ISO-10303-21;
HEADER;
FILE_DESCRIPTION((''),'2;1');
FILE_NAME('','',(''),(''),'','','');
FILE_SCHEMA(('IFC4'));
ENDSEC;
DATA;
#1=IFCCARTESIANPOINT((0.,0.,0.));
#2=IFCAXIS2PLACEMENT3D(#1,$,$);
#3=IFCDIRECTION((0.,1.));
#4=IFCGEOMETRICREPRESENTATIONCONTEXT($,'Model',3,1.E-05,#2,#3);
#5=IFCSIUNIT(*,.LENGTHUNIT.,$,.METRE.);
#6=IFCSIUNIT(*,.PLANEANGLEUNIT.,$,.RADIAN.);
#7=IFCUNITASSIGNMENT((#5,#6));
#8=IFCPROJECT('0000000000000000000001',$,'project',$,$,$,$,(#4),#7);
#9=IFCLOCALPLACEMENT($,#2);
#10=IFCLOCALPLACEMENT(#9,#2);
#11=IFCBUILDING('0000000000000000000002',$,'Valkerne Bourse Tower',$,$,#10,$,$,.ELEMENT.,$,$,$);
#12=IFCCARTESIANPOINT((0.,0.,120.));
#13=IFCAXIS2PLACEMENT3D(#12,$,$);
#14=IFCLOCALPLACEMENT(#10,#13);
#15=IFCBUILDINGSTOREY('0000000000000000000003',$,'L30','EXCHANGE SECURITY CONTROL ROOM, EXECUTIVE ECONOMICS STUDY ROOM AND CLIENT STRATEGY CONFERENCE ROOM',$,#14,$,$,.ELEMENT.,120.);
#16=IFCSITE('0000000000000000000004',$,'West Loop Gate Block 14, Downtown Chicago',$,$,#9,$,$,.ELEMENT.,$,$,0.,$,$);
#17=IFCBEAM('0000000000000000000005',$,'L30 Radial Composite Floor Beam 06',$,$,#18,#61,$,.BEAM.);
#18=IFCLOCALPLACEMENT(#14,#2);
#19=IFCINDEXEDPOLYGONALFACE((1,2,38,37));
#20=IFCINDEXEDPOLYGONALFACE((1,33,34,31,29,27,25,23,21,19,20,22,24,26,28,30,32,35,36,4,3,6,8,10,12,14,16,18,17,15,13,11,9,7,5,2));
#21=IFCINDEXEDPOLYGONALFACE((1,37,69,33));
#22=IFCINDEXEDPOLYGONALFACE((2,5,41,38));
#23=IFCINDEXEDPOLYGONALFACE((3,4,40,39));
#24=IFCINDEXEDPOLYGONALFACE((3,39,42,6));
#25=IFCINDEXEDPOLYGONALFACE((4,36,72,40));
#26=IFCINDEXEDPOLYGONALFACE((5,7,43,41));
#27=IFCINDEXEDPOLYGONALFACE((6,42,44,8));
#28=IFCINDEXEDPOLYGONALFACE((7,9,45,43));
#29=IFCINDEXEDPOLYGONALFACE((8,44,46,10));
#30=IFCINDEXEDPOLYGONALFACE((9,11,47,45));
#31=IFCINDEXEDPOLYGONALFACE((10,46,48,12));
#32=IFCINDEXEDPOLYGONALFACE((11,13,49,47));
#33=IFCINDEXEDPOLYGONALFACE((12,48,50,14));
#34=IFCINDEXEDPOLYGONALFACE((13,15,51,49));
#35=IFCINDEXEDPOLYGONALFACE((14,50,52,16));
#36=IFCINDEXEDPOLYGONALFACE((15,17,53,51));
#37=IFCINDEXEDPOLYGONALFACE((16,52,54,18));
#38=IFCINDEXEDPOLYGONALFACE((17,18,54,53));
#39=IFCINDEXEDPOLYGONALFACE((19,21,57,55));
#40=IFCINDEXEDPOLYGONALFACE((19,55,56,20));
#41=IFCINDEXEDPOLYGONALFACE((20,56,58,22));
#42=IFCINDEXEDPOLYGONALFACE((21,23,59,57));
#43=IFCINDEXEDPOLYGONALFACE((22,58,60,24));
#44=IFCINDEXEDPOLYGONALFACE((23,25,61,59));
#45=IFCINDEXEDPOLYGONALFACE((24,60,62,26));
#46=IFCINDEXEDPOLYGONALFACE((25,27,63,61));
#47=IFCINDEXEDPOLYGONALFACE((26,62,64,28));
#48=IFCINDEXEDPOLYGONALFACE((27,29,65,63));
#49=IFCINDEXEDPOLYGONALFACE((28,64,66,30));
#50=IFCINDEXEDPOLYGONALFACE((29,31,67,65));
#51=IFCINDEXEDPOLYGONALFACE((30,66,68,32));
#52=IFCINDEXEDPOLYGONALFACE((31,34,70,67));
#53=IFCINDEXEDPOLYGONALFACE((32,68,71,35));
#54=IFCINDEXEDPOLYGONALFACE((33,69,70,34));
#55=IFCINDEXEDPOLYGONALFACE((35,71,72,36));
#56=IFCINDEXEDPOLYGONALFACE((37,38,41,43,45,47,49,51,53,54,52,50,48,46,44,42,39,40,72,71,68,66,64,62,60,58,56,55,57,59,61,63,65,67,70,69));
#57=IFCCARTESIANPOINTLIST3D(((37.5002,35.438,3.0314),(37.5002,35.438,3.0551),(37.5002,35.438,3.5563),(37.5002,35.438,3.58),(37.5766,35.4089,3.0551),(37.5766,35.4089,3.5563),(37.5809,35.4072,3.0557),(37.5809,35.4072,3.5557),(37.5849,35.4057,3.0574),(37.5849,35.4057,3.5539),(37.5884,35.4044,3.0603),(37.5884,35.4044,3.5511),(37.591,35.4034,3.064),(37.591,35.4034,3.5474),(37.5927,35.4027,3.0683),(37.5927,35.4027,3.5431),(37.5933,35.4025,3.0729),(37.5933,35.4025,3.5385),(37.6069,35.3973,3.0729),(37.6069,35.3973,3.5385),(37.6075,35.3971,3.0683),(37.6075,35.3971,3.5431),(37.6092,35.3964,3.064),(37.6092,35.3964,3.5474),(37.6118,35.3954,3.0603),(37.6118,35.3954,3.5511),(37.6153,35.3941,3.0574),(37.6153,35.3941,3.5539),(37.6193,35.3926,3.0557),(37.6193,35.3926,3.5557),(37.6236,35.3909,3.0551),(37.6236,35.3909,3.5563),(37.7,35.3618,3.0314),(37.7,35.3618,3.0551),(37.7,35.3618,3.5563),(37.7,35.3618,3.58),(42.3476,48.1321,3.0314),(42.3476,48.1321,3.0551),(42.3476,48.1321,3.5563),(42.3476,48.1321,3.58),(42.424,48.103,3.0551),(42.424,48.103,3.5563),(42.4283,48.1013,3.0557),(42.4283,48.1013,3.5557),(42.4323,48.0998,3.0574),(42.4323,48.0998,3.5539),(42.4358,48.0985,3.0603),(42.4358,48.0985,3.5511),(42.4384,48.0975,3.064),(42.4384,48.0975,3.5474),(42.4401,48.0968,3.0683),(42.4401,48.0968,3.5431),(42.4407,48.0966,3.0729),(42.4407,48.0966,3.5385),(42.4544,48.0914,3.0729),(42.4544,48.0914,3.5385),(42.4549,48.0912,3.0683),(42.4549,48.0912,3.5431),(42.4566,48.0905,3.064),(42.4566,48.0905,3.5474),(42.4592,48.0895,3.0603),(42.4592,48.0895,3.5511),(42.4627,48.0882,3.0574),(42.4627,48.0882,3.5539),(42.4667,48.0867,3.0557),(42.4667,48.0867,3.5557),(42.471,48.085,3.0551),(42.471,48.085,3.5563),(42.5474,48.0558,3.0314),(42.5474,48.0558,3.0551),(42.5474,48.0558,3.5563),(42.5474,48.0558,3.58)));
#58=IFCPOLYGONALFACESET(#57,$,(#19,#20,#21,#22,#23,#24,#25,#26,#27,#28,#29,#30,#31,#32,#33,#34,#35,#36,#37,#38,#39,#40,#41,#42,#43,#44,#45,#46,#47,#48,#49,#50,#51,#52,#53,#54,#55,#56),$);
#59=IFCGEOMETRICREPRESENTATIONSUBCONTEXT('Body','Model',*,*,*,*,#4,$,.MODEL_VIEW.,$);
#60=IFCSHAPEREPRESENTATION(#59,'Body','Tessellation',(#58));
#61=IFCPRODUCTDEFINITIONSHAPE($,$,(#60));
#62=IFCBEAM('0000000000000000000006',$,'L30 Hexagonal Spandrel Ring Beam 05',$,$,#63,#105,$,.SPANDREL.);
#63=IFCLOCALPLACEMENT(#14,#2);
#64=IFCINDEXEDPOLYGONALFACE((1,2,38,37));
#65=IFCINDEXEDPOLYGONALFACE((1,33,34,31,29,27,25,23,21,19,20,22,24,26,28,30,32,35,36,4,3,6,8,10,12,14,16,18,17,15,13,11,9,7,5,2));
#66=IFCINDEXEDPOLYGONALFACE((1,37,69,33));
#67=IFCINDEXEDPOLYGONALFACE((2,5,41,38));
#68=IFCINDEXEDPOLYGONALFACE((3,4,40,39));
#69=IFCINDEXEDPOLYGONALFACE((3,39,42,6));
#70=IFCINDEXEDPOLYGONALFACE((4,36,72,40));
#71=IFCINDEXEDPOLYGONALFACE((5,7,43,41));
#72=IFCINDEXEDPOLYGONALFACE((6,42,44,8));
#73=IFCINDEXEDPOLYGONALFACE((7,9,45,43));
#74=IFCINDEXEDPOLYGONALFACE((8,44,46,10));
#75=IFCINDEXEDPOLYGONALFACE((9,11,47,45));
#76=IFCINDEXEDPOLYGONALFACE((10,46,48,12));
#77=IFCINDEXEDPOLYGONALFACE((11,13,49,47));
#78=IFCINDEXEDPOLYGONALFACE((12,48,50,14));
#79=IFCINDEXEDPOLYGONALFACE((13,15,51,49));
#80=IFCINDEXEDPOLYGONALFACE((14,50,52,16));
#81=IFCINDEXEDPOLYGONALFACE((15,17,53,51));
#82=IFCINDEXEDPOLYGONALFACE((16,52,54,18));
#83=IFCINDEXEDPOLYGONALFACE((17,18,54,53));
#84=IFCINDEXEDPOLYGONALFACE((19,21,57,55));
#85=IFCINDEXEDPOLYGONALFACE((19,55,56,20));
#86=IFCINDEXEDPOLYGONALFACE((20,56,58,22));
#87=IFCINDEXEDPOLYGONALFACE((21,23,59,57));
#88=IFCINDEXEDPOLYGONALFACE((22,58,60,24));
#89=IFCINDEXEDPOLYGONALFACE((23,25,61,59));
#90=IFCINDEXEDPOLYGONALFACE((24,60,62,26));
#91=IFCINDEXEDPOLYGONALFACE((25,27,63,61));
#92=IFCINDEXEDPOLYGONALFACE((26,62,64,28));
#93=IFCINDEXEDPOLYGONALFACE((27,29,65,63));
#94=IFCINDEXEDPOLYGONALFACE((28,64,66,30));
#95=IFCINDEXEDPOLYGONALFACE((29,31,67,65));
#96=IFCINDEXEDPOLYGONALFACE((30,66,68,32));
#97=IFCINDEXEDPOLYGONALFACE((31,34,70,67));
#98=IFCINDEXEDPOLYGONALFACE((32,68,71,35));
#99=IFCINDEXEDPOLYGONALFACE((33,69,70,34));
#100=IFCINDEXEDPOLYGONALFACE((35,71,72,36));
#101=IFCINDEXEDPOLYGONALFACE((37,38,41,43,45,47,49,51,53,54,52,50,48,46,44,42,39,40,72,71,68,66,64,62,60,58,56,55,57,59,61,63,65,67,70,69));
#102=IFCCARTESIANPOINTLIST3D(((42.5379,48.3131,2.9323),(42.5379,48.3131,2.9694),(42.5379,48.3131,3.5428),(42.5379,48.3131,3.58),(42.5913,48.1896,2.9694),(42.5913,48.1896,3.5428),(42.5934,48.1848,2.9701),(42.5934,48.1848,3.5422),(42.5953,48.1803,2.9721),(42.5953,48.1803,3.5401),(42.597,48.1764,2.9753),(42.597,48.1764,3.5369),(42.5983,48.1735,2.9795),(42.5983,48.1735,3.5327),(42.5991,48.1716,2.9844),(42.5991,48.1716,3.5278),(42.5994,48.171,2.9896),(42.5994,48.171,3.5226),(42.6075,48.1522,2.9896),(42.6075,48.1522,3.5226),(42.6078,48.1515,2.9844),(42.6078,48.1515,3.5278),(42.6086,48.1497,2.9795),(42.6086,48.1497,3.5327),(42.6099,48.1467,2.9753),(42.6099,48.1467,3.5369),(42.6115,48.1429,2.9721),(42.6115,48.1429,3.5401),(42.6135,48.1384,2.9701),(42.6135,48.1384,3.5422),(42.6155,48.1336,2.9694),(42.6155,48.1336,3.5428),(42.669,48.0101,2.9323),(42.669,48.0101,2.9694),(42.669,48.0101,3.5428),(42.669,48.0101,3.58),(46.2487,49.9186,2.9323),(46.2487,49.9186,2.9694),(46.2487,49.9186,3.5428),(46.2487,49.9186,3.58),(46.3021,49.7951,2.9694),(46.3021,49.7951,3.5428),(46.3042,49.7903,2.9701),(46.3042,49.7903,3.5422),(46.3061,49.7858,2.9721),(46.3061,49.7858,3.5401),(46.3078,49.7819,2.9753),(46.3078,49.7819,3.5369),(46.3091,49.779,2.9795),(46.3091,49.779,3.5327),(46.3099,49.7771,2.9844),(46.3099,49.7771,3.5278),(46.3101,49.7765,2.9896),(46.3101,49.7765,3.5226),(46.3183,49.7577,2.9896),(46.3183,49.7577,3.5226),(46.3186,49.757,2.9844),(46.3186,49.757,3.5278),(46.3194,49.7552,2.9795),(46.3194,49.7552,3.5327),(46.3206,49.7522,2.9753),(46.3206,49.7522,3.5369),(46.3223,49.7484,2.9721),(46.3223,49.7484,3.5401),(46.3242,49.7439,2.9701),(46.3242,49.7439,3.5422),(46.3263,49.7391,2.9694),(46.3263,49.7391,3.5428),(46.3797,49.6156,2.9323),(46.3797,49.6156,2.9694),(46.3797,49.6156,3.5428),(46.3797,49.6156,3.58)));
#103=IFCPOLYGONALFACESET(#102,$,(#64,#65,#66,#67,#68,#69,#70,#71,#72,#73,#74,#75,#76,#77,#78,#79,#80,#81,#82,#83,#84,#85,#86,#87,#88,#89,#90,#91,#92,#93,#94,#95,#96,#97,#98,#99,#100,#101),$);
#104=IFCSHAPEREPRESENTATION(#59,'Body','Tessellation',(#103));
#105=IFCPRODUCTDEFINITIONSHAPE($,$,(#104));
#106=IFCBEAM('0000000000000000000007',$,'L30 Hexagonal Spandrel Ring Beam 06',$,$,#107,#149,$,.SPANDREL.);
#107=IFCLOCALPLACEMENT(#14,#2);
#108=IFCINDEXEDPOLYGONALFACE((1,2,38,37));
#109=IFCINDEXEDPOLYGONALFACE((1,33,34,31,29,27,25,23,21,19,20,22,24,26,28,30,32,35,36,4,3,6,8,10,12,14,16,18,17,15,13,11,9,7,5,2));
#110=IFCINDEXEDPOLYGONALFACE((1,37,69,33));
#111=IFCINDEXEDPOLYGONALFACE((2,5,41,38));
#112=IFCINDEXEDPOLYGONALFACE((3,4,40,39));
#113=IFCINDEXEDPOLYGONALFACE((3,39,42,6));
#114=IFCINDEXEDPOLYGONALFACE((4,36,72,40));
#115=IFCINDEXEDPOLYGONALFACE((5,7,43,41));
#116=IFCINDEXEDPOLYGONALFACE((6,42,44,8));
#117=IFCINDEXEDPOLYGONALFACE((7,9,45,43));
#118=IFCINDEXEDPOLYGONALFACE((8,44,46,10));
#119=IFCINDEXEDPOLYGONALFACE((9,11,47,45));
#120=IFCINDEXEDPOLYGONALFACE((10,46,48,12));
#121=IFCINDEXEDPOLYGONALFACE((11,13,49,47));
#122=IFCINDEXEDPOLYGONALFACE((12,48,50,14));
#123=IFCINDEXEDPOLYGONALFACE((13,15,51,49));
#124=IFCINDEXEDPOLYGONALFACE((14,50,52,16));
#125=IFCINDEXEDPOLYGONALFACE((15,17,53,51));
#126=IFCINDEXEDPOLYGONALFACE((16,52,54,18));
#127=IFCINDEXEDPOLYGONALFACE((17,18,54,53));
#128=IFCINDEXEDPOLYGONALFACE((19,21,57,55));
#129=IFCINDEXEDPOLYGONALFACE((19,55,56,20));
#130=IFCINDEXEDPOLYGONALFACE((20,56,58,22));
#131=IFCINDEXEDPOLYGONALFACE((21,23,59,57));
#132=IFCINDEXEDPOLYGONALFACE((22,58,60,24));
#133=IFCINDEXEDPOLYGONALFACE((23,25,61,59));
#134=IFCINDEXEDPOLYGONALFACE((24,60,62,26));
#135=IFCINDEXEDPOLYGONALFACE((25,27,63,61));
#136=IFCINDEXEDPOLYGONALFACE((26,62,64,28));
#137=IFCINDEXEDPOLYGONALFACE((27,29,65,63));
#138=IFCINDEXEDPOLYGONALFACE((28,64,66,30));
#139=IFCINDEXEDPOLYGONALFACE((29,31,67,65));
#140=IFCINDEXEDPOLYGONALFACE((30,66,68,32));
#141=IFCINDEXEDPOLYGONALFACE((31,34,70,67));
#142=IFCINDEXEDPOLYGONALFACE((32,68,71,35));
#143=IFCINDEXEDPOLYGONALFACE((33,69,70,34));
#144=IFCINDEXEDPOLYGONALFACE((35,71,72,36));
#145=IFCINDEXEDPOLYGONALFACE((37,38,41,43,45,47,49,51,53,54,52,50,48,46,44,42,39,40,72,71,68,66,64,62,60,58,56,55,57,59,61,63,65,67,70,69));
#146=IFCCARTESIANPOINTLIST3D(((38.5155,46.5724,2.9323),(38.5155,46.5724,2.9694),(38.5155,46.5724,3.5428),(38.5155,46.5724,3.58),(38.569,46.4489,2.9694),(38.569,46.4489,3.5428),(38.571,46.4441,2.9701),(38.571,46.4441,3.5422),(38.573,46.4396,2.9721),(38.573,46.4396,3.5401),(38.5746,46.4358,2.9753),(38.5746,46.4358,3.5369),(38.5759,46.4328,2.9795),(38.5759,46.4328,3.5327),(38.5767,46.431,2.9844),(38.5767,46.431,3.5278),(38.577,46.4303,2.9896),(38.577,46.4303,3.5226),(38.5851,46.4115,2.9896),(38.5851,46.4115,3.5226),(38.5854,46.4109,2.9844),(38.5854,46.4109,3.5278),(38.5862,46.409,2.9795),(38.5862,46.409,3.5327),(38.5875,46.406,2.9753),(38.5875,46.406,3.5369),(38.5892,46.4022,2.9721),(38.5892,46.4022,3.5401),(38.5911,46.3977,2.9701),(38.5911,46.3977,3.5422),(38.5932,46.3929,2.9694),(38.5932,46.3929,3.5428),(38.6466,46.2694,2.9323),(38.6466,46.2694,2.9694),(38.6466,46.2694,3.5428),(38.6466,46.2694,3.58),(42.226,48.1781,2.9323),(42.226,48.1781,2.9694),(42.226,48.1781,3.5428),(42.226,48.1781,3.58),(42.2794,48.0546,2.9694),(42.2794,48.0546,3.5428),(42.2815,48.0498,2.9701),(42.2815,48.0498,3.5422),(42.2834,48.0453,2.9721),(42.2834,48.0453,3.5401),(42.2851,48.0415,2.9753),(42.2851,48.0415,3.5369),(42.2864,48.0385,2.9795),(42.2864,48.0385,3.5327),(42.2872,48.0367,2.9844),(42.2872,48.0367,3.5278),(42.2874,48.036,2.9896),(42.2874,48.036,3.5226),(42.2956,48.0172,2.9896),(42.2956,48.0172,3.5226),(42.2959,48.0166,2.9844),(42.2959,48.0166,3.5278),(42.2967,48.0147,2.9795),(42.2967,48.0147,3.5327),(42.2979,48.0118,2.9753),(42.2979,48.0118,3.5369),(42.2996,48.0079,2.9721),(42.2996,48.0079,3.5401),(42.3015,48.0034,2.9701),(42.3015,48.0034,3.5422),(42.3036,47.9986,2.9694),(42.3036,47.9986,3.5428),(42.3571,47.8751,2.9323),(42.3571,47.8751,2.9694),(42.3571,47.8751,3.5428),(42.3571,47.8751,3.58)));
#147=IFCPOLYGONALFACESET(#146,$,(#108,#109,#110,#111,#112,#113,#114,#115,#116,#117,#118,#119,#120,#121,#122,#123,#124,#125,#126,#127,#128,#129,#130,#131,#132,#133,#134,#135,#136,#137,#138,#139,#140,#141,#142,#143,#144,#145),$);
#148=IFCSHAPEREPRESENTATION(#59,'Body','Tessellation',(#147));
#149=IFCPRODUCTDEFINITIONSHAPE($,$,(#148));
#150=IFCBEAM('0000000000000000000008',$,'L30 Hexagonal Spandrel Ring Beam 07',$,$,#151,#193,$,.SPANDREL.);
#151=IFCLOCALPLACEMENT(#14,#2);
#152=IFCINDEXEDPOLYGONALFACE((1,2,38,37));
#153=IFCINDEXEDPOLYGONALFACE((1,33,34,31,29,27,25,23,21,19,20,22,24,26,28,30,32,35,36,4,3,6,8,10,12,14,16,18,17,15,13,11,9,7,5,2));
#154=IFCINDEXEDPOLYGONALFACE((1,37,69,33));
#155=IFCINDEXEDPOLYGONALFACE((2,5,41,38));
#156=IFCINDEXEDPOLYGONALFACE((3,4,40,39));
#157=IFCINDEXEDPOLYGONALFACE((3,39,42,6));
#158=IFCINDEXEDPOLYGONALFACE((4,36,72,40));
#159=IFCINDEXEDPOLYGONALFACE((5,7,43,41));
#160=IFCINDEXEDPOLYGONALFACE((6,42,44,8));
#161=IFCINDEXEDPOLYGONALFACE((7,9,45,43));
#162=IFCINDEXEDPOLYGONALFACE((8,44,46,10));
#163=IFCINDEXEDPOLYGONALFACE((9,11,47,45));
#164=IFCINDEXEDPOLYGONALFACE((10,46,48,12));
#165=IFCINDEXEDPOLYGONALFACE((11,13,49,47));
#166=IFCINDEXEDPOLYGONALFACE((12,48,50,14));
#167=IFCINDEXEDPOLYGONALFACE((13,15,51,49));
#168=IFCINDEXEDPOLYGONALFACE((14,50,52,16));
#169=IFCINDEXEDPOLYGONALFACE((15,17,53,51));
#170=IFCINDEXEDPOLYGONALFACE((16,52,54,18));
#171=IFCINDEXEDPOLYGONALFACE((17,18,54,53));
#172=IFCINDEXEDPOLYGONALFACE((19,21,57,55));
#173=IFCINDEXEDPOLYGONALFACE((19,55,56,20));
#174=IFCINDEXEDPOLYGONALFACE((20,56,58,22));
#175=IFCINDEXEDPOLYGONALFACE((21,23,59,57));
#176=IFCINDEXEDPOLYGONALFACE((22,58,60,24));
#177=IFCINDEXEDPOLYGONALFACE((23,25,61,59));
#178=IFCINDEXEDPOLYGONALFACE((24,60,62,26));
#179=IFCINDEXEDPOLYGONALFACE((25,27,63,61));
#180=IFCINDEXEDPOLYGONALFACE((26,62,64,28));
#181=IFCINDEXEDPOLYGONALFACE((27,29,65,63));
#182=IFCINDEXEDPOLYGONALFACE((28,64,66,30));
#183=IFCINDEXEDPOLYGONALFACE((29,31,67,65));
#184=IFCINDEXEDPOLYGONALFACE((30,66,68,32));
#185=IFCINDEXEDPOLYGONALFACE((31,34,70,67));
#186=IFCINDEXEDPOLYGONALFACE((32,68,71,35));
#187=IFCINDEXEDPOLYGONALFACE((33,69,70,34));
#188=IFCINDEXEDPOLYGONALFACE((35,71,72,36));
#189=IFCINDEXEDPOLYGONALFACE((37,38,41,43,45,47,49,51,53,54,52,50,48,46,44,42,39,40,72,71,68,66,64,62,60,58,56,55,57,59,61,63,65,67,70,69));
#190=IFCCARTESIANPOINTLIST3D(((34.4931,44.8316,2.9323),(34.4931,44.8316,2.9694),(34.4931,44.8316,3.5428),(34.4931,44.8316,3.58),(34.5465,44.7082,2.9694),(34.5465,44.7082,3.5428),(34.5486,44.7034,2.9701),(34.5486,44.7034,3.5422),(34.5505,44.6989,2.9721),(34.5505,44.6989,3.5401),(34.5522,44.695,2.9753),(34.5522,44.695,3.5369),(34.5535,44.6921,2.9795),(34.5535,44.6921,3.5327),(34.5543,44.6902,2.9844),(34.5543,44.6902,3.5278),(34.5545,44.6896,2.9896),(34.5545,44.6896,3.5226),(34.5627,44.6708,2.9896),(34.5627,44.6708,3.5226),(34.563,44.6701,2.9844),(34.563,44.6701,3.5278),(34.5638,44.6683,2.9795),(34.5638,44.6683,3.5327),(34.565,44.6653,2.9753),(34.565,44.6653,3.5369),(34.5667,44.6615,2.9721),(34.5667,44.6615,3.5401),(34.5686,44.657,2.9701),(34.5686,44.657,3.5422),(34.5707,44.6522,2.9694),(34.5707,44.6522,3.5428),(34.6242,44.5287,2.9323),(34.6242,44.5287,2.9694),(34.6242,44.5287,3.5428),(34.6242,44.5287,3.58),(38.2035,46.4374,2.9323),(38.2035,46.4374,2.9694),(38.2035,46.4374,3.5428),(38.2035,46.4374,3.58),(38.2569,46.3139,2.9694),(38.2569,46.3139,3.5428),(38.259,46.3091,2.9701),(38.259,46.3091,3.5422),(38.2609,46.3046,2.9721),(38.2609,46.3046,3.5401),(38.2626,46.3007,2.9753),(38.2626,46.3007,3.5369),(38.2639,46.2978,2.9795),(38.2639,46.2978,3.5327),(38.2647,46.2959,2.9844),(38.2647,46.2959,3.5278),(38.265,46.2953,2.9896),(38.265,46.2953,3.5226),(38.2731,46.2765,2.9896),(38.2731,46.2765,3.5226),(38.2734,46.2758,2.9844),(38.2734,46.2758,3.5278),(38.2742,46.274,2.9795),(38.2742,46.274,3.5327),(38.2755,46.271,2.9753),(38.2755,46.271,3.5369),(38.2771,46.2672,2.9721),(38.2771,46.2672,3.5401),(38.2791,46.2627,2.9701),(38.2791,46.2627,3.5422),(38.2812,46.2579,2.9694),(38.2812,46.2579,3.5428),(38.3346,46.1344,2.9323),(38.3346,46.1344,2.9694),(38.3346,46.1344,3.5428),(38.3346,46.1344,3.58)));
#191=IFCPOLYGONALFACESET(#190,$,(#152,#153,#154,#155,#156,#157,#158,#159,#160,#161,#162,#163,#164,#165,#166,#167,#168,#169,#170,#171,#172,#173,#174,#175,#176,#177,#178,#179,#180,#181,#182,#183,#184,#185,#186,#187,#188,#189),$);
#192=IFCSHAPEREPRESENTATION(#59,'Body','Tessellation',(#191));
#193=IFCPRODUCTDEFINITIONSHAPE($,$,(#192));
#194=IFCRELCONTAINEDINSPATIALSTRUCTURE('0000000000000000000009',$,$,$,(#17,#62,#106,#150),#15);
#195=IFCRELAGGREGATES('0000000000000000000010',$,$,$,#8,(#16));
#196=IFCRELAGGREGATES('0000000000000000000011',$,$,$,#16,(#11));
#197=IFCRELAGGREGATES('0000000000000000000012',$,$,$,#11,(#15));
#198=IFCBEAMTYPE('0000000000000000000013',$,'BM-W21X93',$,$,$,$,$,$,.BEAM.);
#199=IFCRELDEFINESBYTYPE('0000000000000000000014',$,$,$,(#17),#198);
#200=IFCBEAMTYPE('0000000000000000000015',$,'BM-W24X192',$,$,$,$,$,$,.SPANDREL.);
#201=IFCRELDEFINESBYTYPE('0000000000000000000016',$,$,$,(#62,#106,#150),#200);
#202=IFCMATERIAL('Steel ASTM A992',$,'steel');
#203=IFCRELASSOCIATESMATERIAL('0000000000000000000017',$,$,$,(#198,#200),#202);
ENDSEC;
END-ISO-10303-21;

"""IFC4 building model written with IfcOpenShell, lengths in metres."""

from ifc_helpers import new_model, si_unit, direction, frame, origin, origin_2d, place, context, subcontext, project, spatial, i_section, extrude, material, material_profile, profile_set, type_object, element, save


model = new_model("IFC4")

# Units and contexts
model_context = context("Model", 3, precision=1e-05, world=origin(), true_north=direction((0.0, 1.0)))
body_context = subcontext(model_context, "Body", "Model", "MODEL_VIEW")
ifc_project = project(units=[si_unit("LENGTHUNIT", "METRE"), si_unit("PLANEANGLEUNIT", "RADIAN")], contexts=[model_context])

# Site, building, storey
site_placement = place(None, origin())
site = spatial("IfcSite", under=ifc_project, at=site_placement, Name="West Loop Gate Block 14, Downtown Chicago", CompositionType="ELEMENT", RefElevation=0.0)
building_placement = place(site_placement, origin())
building = spatial("IfcBuilding", under=site, at=building_placement, Name="Valkerne Bourse Tower", CompositionType="ELEMENT")
storey_placement = place(building_placement, frame((0.0, 0.0, 120.0)))
storey = spatial("IfcBuildingStorey", under=building, at=storey_placement, Name="L30", Description="EXCHANGE SECURITY CONTROL ROOM, EXECUTIVE ECONOMICS STUDY ROOM AND CLIENT STRATEGY CONFERENCE ROOM", CompositionType="ELEMENT", Elevation=120.0)

# Beams
ifc_material_1 = material(Name="Steel ASTM A992", Category="steel")
ifc_material_profile_1 = material_profile(ifc_material_1, i_section(OverallWidth=0.2139, OverallDepth=0.5486, WebThickness=0.0146, FlangeThickness=0.0237, FilletRadius=0.0178, at=origin_2d()), Name="W21X93")
ifc_profile_set_1 = profile_set([ifc_material_profile_1], Name="Steel ASTM A992")
beam_type_1 = type_object("IfcBeamType", Name="BM-W21X93", PredefinedType="BEAM", material=ifc_profile_set_1)
beam_1_placement = place(storey_placement, frame((42.4475, 48.094, 3.3057), z_axis=(-0.356739, -0.934204, 0.0), x_axis=(0.934204, -0.356739, 0.0)))
element("IfcBeam", 1, at=beam_1_placement, inside=storey, type_object=beam_type_1, Name="L30 Radial Composite Floor Beam 06", PredefinedType="BEAM", context=body_context, shape_type="SweptSolid", body=[
    extrude(i_section(OverallWidth=0.2139, OverallDepth=0.5486, WebThickness=0.0146, FlangeThickness=0.0237, FilletRadius=0.0178, at=origin_2d()), origin(), (0.0, 0.0, 1.0), 13.5881),
])
ifc_material_profile_2 = material_profile(ifc_material_1, i_section(OverallWidth=0.3301, OverallDepth=0.6477, WebThickness=0.0205, FlangeThickness=0.0371, FilletRadius=0.0203, at=origin_2d()), Name="W24X192")
ifc_profile_set_2 = profile_set([ifc_material_profile_2], Name="Steel ASTM A992")
beam_type_2 = type_object("IfcBeamType", Name="BM-W24X192", PredefinedType="SPANDREL", material=ifc_profile_set_2)
beam_2_placement = place(storey_placement, frame((46.3142, 49.7671, 3.2561), z_axis=(-0.917781, -0.397087, 0.0), x_axis=(0.397087, -0.917781, 0.0)))
element("IfcBeam", 2, at=beam_2_placement, inside=storey, type_object=beam_type_2, Name="L30 Hexagonal Spandrel Ring Beam 05", PredefinedType="SPANDREL", context=body_context, shape_type="SweptSolid", body=[
    extrude(i_section(OverallWidth=0.3301, OverallDepth=0.6477, WebThickness=0.0205, FlangeThickness=0.0371, FilletRadius=0.0203, at=origin_2d()), origin(), (0.0, 0.0, 1.0), 4.0432),
])
for number, where, z_axis, x_axis, name in (
    (3, (42.2915, 48.0266, 3.2561), (-0.917749, -0.39716, 0.0), (0.39716, -0.917749, 0.0), "L30 Hexagonal Spandrel Ring Beam 06"),
    (4, (38.269, 46.2859, 3.2561), (-0.917749, -0.39716, 0.0), (0.39716, -0.917749, 0.0), "L30 Hexagonal Spandrel Ring Beam 07"),
):
    element("IfcBeam", number, at=place(storey_placement, frame(where, z_axis=z_axis, x_axis=x_axis)), inside=storey, type_object=beam_type_2, Name=name, PredefinedType="SPANDREL", context=body_context, shape_type="SweptSolid", body=[
        extrude(i_section(OverallWidth=0.3301, OverallDepth=0.6477, WebThickness=0.0205, FlangeThickness=0.0371, FilletRadius=0.0203, at=origin_2d()), origin(), (0.0, 0.0, 1.0), 4.043),
    ])

save(model, "model.ifc")
